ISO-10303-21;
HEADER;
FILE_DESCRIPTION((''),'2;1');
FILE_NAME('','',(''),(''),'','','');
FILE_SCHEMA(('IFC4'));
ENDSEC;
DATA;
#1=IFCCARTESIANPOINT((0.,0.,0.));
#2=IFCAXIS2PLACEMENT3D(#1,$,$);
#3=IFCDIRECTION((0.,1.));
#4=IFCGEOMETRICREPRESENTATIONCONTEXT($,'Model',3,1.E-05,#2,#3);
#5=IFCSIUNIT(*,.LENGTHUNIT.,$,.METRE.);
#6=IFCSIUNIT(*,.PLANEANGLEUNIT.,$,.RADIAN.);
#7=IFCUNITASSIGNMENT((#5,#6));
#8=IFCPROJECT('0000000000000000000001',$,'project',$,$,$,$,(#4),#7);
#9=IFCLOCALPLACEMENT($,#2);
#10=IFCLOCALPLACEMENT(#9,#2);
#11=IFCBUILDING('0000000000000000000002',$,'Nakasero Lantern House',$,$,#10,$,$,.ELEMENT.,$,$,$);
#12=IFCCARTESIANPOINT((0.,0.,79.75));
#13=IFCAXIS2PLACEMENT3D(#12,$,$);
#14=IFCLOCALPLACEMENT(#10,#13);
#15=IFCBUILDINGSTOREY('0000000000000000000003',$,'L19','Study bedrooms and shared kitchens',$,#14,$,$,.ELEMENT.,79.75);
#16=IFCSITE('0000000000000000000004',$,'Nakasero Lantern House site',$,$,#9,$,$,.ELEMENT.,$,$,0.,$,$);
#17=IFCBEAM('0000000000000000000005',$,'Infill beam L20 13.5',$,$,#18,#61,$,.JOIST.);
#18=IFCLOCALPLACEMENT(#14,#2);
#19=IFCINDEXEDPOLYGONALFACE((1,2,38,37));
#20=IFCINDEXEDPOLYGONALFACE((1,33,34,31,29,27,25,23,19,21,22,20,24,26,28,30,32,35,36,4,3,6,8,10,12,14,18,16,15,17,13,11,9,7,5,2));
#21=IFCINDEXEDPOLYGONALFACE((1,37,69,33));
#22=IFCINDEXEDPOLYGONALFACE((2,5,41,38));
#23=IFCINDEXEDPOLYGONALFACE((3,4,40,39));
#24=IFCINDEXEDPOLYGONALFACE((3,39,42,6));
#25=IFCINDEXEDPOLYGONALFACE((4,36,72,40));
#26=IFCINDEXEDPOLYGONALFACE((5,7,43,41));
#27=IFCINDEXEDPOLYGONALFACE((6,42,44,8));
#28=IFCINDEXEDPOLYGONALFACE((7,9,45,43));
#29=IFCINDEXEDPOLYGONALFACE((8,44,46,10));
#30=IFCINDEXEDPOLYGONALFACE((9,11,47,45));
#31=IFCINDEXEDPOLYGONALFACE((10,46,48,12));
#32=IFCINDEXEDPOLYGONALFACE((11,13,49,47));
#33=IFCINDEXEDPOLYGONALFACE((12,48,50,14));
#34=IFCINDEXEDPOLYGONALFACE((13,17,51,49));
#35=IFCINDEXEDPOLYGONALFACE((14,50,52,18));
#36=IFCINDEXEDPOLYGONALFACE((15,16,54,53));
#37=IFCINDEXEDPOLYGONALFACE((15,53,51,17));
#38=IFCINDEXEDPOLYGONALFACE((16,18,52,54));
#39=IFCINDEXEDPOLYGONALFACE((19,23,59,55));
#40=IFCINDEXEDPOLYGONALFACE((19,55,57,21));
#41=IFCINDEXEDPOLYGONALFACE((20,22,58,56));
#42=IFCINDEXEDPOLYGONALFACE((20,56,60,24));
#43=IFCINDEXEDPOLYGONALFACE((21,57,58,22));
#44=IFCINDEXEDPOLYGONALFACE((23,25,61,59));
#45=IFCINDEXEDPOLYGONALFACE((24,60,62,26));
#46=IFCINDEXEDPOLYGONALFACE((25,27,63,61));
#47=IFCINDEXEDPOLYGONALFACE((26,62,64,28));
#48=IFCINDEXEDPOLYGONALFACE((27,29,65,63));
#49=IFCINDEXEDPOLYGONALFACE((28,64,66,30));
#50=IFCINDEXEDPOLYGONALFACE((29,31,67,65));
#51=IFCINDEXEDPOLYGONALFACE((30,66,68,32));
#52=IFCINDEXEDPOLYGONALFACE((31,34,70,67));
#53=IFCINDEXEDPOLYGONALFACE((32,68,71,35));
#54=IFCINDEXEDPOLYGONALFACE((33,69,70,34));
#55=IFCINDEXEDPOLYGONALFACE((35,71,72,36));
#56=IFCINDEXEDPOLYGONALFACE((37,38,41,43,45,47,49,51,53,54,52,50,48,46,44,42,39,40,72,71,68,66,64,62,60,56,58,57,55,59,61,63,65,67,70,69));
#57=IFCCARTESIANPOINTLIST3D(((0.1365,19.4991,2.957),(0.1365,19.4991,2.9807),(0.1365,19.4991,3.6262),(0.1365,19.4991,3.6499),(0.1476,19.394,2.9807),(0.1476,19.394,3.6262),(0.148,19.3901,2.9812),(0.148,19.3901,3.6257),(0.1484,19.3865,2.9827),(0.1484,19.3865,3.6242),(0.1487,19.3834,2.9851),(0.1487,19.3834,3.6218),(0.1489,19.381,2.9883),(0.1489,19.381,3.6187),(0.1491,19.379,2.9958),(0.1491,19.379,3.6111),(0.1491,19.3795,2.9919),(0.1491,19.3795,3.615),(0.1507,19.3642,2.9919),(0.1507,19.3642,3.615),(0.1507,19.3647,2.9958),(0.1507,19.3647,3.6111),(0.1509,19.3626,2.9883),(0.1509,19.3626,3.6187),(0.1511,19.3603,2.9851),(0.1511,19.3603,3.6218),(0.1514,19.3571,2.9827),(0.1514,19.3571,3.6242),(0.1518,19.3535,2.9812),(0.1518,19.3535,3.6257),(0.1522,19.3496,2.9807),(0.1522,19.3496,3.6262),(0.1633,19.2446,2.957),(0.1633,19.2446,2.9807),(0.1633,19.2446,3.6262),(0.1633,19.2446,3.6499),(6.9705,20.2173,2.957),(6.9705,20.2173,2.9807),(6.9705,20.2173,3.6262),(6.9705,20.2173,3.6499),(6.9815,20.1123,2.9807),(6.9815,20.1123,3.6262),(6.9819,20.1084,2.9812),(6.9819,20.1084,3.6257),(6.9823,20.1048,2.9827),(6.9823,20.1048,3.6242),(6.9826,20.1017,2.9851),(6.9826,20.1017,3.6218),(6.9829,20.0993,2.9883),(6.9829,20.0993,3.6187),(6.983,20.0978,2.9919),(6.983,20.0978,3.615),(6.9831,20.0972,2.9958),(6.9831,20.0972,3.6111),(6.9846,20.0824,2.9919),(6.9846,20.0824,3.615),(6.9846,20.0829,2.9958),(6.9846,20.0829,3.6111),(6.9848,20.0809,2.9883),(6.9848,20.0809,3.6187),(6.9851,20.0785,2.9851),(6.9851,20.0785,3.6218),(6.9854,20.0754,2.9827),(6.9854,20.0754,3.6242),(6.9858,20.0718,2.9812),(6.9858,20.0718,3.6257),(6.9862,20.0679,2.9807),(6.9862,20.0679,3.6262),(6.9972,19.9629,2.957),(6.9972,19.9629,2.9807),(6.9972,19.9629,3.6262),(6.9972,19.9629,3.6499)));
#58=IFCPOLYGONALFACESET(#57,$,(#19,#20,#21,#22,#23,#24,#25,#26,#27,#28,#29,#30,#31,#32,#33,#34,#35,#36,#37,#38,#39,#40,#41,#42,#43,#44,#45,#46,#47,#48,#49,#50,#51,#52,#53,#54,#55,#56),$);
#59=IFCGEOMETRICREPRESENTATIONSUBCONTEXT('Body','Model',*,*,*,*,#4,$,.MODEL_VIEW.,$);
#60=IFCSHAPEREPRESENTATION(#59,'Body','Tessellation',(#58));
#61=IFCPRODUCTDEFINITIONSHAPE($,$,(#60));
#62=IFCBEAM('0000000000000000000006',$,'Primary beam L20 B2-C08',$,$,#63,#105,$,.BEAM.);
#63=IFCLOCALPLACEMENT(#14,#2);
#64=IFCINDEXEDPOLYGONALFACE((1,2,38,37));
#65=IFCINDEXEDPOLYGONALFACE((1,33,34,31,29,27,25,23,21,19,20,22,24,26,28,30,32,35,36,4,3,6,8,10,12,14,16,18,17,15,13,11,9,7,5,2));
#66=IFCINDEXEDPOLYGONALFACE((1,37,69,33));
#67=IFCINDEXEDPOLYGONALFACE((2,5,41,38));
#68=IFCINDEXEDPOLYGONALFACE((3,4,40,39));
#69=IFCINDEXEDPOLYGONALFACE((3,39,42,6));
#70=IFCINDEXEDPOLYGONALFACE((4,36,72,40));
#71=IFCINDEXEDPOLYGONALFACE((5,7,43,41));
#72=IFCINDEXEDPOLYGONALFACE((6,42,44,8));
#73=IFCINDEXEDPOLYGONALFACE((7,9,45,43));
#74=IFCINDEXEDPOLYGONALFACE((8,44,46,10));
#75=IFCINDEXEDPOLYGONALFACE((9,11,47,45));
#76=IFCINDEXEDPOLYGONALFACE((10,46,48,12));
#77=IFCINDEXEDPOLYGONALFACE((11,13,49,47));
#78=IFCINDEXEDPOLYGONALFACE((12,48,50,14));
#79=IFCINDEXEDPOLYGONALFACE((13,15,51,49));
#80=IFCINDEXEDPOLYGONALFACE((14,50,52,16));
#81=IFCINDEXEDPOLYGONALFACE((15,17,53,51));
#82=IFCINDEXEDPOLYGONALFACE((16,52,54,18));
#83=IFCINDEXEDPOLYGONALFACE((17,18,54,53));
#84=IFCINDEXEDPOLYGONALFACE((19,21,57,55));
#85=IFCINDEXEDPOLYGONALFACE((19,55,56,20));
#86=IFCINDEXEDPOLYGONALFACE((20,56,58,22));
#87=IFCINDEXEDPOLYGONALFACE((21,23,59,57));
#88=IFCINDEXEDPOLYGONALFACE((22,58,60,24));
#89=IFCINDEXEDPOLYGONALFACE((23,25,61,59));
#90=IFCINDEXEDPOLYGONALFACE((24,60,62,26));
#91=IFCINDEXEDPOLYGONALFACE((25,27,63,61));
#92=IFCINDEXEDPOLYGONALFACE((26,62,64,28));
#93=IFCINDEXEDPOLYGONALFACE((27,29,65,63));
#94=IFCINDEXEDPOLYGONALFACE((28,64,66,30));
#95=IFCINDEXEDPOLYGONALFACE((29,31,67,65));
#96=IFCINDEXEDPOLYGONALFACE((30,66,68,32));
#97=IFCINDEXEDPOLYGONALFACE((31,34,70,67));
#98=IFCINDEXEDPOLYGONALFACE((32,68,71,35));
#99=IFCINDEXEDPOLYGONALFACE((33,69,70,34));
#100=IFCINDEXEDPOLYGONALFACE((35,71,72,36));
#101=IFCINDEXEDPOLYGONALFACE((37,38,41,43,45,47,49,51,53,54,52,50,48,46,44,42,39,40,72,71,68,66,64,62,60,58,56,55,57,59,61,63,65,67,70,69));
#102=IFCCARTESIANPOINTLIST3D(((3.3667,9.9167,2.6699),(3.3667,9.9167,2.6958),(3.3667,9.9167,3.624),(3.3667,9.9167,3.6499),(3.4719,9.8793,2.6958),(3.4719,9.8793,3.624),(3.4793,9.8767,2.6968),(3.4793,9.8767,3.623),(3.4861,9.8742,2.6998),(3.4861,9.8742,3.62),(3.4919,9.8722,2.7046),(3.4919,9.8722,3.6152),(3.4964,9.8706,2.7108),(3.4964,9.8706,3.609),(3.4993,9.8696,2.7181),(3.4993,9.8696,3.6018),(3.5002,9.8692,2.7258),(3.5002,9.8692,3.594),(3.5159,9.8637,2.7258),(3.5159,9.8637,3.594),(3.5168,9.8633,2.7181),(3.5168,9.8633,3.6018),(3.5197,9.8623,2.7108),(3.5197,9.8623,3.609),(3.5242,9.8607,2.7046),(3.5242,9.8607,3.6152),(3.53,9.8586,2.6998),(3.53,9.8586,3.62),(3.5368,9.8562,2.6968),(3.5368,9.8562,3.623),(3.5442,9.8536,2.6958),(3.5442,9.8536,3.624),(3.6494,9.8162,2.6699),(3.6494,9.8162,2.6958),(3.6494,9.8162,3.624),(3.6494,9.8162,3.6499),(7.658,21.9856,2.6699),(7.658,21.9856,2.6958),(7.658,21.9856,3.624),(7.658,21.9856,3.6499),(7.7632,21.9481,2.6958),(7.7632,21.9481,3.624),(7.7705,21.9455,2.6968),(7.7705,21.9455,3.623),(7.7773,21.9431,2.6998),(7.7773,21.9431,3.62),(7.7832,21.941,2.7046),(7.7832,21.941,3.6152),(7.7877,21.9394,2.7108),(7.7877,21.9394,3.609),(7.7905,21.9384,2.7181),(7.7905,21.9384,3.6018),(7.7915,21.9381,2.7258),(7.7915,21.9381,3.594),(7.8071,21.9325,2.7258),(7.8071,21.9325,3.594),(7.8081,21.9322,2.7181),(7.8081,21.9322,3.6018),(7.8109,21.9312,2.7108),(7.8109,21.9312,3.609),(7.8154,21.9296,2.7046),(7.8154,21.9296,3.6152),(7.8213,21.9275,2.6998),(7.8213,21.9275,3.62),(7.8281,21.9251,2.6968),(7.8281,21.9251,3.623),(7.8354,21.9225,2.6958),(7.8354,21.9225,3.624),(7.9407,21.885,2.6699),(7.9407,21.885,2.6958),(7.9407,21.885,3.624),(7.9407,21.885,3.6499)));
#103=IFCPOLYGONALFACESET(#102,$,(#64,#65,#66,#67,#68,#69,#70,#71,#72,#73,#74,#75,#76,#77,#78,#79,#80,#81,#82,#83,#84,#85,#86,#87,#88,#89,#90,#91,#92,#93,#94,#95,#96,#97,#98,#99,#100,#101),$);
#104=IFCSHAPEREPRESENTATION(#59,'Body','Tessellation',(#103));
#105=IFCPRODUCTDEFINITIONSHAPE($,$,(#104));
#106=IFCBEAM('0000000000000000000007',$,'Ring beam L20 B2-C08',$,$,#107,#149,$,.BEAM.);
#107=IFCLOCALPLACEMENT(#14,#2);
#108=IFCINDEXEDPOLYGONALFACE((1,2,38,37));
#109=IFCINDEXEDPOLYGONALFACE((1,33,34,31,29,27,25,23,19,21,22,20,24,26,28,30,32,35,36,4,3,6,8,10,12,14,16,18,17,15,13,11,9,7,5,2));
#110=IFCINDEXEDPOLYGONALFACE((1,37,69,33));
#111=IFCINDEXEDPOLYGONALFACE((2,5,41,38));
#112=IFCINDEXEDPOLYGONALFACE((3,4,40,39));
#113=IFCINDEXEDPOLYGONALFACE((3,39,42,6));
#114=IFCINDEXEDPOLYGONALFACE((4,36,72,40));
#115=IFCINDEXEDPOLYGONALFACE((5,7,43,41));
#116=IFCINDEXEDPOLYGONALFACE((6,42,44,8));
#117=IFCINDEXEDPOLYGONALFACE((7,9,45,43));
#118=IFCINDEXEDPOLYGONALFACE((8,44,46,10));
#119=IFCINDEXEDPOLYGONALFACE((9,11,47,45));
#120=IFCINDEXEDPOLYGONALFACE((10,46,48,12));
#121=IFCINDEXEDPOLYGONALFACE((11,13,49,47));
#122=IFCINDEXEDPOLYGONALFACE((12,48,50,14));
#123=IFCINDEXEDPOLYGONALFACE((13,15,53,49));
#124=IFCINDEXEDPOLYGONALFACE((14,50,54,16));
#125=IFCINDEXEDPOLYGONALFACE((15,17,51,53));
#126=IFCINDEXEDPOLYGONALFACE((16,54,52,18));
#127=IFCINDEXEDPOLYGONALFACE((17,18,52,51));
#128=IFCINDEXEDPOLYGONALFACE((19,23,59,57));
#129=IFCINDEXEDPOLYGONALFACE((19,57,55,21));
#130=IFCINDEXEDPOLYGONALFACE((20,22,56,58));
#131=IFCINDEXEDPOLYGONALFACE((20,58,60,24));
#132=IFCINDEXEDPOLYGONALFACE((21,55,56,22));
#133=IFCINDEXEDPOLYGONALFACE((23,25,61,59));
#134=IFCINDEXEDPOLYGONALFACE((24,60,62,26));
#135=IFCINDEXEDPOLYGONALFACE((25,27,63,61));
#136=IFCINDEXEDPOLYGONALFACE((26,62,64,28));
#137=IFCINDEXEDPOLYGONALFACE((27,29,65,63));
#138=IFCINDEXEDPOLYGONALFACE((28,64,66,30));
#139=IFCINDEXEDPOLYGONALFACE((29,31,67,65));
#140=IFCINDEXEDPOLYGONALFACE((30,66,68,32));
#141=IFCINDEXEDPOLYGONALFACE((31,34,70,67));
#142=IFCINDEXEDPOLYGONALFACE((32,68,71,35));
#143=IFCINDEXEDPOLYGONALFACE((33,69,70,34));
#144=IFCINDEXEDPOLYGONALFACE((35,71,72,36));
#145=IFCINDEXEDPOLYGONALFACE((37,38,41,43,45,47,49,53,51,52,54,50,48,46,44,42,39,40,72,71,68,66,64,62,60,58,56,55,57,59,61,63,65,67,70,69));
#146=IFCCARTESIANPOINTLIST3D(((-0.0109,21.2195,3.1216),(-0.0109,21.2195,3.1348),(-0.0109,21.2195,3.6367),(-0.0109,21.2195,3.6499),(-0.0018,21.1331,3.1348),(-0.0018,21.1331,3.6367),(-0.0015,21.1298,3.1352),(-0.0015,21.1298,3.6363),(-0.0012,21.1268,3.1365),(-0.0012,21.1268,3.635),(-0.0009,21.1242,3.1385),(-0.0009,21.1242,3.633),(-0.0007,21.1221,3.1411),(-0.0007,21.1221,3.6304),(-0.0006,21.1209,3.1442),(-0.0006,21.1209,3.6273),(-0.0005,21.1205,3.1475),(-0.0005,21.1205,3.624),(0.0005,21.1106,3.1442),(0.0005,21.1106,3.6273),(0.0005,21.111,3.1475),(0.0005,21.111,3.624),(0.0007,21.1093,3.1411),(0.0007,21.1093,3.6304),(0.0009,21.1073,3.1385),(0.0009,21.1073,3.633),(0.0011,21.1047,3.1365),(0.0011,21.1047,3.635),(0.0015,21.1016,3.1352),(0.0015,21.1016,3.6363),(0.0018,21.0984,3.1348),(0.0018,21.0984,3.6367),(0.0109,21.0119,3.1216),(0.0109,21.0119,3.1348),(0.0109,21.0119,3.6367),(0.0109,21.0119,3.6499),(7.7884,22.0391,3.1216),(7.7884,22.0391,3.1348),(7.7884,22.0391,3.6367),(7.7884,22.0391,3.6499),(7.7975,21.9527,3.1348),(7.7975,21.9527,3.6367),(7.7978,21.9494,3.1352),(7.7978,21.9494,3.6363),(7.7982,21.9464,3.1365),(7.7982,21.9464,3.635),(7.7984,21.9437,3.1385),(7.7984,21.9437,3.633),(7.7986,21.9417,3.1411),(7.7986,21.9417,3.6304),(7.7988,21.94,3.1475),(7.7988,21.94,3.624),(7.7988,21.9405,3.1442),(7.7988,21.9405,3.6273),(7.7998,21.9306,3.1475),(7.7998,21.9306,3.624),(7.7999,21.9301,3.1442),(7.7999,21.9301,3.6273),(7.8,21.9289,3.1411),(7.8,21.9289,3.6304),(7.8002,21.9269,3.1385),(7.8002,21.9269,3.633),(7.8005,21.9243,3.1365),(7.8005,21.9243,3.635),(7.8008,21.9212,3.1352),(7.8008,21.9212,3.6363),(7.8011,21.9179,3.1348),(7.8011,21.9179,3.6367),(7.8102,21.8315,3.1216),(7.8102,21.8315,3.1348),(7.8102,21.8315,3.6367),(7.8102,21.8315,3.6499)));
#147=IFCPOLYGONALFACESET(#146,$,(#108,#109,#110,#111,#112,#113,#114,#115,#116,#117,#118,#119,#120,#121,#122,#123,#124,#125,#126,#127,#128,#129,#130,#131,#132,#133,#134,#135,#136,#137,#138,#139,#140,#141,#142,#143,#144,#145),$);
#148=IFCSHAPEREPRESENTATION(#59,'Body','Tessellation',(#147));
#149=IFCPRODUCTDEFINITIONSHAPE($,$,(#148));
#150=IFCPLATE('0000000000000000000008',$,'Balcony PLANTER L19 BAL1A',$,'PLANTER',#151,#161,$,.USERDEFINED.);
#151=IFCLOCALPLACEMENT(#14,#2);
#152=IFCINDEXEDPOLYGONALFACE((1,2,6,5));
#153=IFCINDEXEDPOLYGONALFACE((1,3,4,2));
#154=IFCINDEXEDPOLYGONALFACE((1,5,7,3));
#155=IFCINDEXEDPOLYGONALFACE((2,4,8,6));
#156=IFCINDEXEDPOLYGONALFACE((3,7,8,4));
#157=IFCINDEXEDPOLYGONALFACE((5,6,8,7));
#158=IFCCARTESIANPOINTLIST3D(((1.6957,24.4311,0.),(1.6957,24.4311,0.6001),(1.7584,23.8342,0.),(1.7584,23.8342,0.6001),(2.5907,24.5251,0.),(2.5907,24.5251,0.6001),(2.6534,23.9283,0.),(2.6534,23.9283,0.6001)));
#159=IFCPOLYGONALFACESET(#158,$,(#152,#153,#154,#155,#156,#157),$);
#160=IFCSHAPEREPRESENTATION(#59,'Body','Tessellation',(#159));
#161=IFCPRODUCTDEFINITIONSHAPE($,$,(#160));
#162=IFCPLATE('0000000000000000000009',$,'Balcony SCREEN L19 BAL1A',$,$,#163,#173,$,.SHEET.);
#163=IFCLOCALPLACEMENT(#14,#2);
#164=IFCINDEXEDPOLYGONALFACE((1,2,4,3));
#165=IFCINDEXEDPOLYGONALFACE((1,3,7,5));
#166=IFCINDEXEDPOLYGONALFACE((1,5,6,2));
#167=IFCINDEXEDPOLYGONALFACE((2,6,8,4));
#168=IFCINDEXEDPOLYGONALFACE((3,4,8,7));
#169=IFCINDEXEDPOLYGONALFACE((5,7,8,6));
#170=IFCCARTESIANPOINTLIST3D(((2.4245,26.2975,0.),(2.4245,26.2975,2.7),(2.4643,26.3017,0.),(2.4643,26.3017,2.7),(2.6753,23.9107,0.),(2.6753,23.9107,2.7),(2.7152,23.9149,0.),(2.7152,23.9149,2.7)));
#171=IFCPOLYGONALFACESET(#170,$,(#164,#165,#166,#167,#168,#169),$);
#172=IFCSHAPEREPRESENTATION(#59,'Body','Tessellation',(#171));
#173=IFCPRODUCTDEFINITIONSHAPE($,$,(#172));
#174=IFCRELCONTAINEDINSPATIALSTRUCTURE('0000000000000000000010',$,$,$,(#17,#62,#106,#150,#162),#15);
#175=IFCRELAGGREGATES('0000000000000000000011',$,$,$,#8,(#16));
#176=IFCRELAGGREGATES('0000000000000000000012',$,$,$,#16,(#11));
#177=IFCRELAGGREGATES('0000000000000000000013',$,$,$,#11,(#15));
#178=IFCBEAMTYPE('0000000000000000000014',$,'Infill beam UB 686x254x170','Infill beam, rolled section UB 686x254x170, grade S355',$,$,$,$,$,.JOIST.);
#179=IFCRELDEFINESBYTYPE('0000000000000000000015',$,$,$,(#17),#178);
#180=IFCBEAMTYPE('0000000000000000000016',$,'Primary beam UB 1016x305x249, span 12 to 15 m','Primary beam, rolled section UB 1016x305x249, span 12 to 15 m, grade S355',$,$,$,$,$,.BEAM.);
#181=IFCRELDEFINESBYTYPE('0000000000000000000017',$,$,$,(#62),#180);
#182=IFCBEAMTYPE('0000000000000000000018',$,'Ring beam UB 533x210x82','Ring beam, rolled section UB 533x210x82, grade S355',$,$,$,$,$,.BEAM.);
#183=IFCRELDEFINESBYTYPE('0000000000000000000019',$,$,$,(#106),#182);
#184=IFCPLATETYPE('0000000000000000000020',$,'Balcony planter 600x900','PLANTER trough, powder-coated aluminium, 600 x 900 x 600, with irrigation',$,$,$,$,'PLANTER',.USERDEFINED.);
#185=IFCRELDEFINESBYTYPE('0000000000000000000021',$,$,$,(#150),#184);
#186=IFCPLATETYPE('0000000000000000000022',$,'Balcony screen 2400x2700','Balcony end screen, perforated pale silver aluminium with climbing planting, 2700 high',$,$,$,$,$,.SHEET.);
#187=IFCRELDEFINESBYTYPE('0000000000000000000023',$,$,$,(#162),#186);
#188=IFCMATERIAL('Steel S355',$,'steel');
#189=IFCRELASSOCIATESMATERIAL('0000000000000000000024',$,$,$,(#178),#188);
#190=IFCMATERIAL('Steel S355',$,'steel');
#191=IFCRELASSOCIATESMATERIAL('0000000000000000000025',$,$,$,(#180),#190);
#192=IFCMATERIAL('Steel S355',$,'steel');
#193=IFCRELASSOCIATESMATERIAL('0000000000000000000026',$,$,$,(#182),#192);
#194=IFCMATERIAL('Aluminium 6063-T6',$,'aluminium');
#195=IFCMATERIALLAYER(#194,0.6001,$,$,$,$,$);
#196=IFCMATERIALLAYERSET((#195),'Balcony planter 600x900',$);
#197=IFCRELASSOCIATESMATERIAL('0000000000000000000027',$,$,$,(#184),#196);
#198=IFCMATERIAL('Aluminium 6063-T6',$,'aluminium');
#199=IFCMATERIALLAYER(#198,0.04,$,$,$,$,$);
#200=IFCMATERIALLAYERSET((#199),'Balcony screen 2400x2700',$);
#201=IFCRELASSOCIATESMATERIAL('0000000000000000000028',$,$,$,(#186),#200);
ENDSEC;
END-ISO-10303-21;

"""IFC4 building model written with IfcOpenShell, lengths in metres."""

from ifc_helpers import new_model, si_unit, direction, frame, origin, origin_2d, place, context, subcontext, project, spatial, rectangle, i_section, extrude, material, layer, layer_set, material_profile, profile_set, type_object, element, save


model = new_model("IFC4")

# Units and contexts
model_context = context("Model", 3, precision=1e-05, world=origin(), true_north=direction((0.0, 1.0)))
body_context = subcontext(model_context, "Body", "Model", "MODEL_VIEW")
ifc_project = project(units=[si_unit("LENGTHUNIT", "METRE"), si_unit("PLANEANGLEUNIT", "RADIAN")], contexts=[model_context])

# Site, building, storey
site_placement = place(None, origin())
site = spatial("IfcSite", under=ifc_project, at=site_placement, Name="Nakasero Lantern House site", CompositionType="ELEMENT", RefElevation=0.0)
building_placement = place(site_placement, origin())
building = spatial("IfcBuilding", under=site, at=building_placement, Name="Nakasero Lantern House", CompositionType="ELEMENT")
storey_placement = place(building_placement, frame((0.0, 0.0, 79.75)))
storey = spatial("IfcBuildingStorey", under=building, at=storey_placement, Name="L19", Description="Study bedrooms and shared kitchens", CompositionType="ELEMENT", Elevation=79.75)

# Beams
ifc_material_1 = material(Name="Steel S355", Category="steel")
ifc_material_profile_1 = material_profile(ifc_material_1, i_section(OverallWidth=0.2559, OverallDepth=0.6929, WebThickness=0.0144, FlangeThickness=0.0237, FilletRadius=0.0151, at=origin_2d()), Name="UB 686x254x170")
ifc_profile_set_1 = profile_set([ifc_material_profile_1], Name="Steel S355")
beam_type_1 = type_object("IfcBeamType", Name="Infill beam UB 686x254x170", Description="Infill beam, rolled section UB 686x254x170, grade S355", PredefinedType="JOIST", material=ifc_profile_set_1)
beam_1_placement = place(storey_placement, frame((0.1499, 19.3718, 3.3035), z_axis=(0.994522, 0.104526, 0.0), x_axis=(-0.104526, 0.994522, 0.0)))
element("IfcBeam", 1, at=beam_1_placement, inside=storey, type_object=beam_type_1, Name="Infill beam L20 13.5", PredefinedType="JOIST", context=body_context, shape_type="SweptSolid", body=[
    extrude(i_section(OverallWidth=0.2559, OverallDepth=0.6929, WebThickness=0.0144, FlangeThickness=0.0237, FilletRadius=0.0151, at=origin_2d()), origin(), (0.0, 0.0, 1.0), 6.8716),
])
ifc_material_2 = material(Name="Steel S355", Category="steel")
ifc_material_profile_2 = material_profile(ifc_material_2, i_section(OverallWidth=0.3, OverallDepth=0.98, WebThickness=0.0166, FlangeThickness=0.0259, FilletRadius=0.03, at=origin_2d()), Name="UB 1016x305x249")
ifc_profile_set_2 = profile_set([ifc_material_profile_2], Name="Steel S355")
beam_type_2 = type_object("IfcBeamType", Name="Primary beam UB 1016x305x249, span 12 to 15 m", Description="Primary beam, rolled section UB 1016x305x249, span 12 to 15 m, grade S355", PredefinedType="BEAM", material=ifc_profile_set_2)
beam_2_placement = place(storey_placement, frame((7.7993, 21.9353, 3.1599), z_axis=(-0.335018, -0.942212, 0.0), x_axis=(0.942212, -0.335018, 0.0)))
element("IfcBeam", 2, at=beam_2_placement, inside=storey, type_object=beam_type_2, Name="Primary beam L20 B2-C08", PredefinedType="BEAM", context=body_context, shape_type="SweptSolid", body=[
    extrude(i_section(OverallWidth=0.3, OverallDepth=0.98, WebThickness=0.0166, FlangeThickness=0.0259, FilletRadius=0.03, at=origin_2d()), origin(), (0.0, 0.0, 1.0), 12.8091),
])
ifc_material_3 = material(Name="Steel S355", Category="steel")
ifc_material_profile_3 = material_profile(ifc_material_3, i_section(OverallWidth=0.2087, OverallDepth=0.5283, WebThickness=0.0095, FlangeThickness=0.0132, FilletRadius=0.0127, at=origin_2d()), Name="UB 533x210x82")
ifc_profile_set_3 = profile_set([ifc_material_profile_3], Name="Steel S355")
beam_type_3 = type_object("IfcBeamType", Name="Ring beam UB 533x210x82", Description="Ring beam, rolled section UB 533x210x82, grade S355", PredefinedType="BEAM", material=ifc_profile_set_3)
beam_3_placement = place(storey_placement, frame((7.7993, 21.9353, 3.3857), z_axis=(-0.994524, -0.104508, 0.0), x_axis=(0.104508, -0.994524, 0.0)))
element("IfcBeam", 3, at=beam_3_placement, inside=storey, type_object=beam_type_3, Name="Ring beam L20 B2-C08", PredefinedType="BEAM", context=body_context, shape_type="SweptSolid", body=[
    extrude(i_section(OverallWidth=0.2087, OverallDepth=0.5283, WebThickness=0.0095, FlangeThickness=0.0132, FilletRadius=0.0127, at=origin_2d()), origin(), (0.0, 0.0, 1.0), 7.8423),
])

# Plates
ifc_material_4 = material(Name="Aluminium 6063-T6", Category="aluminium")
ifc_layer_1 = layer(ifc_material_4, 0.6001)
ifc_layer_set_1 = layer_set([ifc_layer_1], Name="Balcony planter 600x900")
plate_type_1 = type_object("IfcPlateType", Name="Balcony planter 600x900", Description="PLANTER trough, powder-coated aluminium, 600 x 900 x 600, with irrigation", ElementType="PLANTER", PredefinedType="USERDEFINED", material=ifc_layer_set_1)
plate_1_placement = place(storey_placement, frame((2.1746, 24.1797, 0.0), z_axis=(0.0, 0.0, 1.0), x_axis=(-0.104528, 0.994522, 0.0)))
element("IfcPlate", 4, at=plate_1_placement, inside=storey, type_object=plate_type_1, Name="Balcony PLANTER L19 BAL1A", ObjectType="PLANTER", PredefinedType="USERDEFINED", context=body_context, shape_type="SweptSolid", body=[
    extrude(rectangle(XDim=0.6001, YDim=0.8999, at=origin_2d()), origin(), (0.0, 0.0, 1.0), 0.6001),
])
ifc_material_5 = material(Name="Aluminium 6063-T6", Category="aluminium")
ifc_layer_2 = layer(ifc_material_5, 0.04)
ifc_layer_set_2 = layer_set([ifc_layer_2], Name="Balcony screen 2400x2700")
plate_type_2 = type_object("IfcPlateType", Name="Balcony screen 2400x2700", Description="Balcony end screen, perforated pale silver aluminium with climbing planting, 2700 high", PredefinedType="SHEET", material=ifc_layer_set_2)
plate_2_placement = place(storey_placement, frame((2.5698, 25.1062, 0.0), z_axis=(0.0, 0.0, 1.0), x_axis=(-0.104528, 0.994522, 0.0)))
element("IfcPlate", 5, at=plate_2_placement, inside=storey, type_object=plate_type_2, Name="Balcony SCREEN L19 BAL1A", PredefinedType="SHEET", context=body_context, shape_type="SweptSolid", body=[
    extrude(rectangle(XDim=2.3999, YDim=0.04, at=origin_2d()), origin(), (0.0, 0.0, 1.0), 2.7),
])

save(model, "model.ifc")
